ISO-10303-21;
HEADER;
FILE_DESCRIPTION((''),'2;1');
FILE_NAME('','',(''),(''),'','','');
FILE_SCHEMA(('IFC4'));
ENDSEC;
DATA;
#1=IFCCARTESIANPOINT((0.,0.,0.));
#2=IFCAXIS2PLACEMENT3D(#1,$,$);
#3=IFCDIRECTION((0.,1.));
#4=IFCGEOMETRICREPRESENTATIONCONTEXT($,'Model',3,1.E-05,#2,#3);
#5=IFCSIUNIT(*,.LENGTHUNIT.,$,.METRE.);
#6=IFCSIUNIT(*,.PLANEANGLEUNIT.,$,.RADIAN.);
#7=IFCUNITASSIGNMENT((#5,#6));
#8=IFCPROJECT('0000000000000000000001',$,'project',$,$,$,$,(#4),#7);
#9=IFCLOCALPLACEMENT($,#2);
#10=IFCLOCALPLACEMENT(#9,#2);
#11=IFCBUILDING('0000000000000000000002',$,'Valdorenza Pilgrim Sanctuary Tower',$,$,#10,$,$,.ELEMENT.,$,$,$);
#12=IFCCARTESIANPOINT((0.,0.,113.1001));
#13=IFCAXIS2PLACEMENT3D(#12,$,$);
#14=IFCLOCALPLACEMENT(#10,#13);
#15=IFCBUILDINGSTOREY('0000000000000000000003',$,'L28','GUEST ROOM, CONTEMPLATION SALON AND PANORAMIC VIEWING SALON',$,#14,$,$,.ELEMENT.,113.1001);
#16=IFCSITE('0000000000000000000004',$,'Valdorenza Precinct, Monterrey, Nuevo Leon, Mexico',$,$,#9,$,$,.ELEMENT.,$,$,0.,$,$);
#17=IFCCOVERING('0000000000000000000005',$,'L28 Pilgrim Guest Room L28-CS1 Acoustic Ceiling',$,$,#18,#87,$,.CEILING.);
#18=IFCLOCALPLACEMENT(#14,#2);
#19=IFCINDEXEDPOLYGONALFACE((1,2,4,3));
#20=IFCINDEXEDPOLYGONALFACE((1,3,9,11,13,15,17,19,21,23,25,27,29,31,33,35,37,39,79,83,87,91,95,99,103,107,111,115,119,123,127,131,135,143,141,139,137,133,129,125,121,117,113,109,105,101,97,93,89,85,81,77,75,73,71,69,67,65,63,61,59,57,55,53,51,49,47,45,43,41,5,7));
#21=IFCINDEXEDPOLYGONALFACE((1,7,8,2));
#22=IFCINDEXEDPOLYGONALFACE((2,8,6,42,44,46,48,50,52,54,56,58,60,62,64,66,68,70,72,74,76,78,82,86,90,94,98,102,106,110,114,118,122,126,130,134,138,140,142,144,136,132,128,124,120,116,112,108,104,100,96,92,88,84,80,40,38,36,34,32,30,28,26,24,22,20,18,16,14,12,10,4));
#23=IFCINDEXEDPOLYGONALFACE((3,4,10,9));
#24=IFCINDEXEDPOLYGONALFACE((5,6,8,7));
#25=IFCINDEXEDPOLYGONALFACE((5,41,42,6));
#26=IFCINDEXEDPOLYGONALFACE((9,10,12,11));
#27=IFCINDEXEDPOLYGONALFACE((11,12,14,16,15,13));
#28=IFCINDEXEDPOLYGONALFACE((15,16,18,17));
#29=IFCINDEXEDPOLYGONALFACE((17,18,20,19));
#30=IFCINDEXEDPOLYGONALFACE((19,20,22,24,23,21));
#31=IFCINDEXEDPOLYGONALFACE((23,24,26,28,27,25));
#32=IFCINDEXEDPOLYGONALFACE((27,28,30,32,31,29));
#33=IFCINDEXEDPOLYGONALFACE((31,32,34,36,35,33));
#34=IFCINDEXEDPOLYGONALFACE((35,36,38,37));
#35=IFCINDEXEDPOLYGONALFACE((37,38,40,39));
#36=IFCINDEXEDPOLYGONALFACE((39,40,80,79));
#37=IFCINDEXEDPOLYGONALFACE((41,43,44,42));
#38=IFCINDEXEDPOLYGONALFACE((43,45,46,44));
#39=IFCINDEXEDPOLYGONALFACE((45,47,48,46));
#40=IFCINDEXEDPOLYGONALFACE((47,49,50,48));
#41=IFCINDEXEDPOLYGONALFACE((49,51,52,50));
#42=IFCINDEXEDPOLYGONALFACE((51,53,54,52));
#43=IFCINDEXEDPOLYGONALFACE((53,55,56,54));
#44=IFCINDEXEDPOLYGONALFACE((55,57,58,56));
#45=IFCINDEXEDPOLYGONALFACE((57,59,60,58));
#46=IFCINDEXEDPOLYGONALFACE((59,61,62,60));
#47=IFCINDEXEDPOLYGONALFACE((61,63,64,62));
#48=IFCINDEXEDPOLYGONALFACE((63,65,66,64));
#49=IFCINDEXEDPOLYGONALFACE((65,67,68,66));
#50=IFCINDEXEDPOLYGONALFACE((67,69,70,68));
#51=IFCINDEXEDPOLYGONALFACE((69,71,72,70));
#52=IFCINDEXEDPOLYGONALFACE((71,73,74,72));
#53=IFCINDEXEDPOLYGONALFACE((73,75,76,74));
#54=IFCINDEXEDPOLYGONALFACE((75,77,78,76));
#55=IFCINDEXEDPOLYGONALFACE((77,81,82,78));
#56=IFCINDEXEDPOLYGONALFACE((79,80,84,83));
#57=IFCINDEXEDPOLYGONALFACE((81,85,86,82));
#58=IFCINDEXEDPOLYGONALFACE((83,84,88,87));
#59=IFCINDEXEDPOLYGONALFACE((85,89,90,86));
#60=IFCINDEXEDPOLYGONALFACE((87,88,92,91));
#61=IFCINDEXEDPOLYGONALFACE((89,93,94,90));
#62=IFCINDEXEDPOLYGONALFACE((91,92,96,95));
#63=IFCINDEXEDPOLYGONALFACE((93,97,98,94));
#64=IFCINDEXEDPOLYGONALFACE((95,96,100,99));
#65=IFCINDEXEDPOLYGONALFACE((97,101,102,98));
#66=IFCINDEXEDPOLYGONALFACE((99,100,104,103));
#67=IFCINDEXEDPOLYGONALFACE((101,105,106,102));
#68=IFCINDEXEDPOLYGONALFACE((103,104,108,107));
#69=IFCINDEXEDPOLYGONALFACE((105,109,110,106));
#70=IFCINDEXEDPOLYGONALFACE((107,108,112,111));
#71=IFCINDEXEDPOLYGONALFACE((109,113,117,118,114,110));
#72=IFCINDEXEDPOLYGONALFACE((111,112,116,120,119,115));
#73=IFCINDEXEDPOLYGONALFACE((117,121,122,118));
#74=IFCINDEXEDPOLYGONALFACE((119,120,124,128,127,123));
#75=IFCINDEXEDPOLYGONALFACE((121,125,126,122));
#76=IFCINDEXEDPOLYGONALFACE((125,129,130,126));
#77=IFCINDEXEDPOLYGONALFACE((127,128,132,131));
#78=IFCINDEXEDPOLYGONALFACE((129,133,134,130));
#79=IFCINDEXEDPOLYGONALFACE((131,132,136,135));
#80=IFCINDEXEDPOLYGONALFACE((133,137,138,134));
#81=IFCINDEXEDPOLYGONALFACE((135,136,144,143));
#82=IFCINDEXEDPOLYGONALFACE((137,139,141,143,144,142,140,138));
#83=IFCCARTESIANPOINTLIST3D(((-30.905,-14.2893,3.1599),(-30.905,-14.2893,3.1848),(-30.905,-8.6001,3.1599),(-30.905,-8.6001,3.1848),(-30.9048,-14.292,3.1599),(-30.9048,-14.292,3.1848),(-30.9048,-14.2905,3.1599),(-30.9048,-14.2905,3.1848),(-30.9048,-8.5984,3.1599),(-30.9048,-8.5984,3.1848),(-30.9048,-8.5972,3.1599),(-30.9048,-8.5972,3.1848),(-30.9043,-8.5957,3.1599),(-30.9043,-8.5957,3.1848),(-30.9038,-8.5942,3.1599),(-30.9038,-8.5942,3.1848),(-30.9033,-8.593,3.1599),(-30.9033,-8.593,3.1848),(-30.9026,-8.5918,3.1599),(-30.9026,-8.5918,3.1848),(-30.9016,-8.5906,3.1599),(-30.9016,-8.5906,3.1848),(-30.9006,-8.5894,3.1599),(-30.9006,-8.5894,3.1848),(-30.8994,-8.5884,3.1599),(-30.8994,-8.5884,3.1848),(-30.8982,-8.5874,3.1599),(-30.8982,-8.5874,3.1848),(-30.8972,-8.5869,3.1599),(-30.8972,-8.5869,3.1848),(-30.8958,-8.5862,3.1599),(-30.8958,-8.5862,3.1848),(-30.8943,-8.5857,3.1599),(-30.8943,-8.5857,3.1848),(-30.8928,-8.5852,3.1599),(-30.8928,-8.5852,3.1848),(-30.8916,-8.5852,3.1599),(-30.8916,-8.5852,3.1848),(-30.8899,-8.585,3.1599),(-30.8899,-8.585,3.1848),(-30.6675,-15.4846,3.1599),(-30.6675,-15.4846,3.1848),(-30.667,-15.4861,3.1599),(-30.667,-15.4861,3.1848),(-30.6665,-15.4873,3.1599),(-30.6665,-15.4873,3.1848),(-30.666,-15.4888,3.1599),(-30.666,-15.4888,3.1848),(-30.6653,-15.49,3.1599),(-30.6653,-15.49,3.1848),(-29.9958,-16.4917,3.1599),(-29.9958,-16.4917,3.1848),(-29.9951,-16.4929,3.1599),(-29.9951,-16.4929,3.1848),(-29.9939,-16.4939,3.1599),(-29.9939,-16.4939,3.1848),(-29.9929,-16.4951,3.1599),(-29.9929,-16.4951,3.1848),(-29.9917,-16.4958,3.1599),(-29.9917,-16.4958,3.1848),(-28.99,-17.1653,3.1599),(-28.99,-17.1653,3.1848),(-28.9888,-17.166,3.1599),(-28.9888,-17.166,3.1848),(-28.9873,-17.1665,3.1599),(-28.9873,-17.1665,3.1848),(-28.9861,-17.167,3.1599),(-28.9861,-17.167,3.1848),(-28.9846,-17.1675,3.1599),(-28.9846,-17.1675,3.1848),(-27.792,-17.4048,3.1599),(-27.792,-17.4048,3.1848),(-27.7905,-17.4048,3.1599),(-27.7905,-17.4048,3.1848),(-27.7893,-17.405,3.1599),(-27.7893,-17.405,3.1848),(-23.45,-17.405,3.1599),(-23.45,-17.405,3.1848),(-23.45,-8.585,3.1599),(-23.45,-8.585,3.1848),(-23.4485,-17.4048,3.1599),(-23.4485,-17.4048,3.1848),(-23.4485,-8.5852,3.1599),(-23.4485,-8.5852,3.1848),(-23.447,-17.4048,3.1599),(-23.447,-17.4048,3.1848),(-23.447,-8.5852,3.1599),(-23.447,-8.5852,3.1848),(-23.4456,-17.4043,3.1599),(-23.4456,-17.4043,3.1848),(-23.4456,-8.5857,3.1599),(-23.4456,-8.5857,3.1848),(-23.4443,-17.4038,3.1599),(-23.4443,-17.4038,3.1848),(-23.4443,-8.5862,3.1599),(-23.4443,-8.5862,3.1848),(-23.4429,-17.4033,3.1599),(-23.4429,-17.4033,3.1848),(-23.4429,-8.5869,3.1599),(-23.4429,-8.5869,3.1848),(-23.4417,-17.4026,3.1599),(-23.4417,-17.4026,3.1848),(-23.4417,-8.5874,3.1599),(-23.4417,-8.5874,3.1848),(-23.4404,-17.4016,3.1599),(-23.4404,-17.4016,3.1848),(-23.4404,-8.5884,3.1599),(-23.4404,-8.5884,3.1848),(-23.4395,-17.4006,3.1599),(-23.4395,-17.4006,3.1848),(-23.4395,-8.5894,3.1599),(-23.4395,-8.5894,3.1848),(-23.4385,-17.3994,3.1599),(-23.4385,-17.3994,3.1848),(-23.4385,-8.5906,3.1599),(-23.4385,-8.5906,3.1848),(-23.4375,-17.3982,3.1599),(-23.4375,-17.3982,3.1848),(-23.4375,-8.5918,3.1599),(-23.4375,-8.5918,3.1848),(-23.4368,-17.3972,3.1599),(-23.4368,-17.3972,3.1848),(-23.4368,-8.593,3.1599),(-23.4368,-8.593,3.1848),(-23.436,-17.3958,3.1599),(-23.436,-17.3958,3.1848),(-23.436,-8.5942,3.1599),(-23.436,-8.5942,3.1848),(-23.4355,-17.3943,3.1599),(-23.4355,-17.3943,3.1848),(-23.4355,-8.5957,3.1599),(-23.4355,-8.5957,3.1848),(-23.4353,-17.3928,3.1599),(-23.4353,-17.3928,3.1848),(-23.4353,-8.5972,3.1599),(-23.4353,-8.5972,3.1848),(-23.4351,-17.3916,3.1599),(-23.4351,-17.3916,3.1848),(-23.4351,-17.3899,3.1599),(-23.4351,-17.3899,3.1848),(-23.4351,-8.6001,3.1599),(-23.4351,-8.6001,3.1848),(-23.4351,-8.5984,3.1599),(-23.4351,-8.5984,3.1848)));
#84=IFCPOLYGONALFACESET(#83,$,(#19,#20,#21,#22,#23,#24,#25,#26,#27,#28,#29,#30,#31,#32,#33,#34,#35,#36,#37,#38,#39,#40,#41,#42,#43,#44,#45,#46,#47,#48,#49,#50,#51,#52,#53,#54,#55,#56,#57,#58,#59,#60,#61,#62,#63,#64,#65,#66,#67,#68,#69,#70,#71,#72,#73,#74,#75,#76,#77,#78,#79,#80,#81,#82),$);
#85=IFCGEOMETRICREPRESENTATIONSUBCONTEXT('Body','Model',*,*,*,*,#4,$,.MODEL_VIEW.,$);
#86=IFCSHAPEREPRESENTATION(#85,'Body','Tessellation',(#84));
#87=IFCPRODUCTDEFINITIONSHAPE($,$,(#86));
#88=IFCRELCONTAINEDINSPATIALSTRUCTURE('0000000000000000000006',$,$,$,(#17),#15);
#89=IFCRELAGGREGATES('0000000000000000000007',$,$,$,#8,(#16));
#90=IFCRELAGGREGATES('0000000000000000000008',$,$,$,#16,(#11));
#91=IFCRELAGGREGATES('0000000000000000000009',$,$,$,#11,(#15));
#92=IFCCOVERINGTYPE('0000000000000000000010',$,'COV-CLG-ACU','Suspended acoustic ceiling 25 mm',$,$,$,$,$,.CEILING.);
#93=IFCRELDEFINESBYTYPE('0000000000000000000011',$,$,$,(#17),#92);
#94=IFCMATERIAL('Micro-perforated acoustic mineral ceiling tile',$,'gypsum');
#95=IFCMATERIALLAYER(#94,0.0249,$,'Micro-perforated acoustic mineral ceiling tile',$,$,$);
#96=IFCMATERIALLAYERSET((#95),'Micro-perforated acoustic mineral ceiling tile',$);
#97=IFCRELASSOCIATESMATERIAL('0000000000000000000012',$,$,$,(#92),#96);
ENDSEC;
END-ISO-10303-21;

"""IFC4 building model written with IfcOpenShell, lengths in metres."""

from ifc_helpers import new_model, si_unit, direction, frame, origin, place, context, subcontext, project, spatial, polyline, outline, extrude, material, layer, layer_set, type_object, element, save


model = new_model("IFC4")

# Units and contexts
model_context = context("Model", 3, precision=1e-05, world=origin(), true_north=direction((0.0, 1.0)))
body_context = subcontext(model_context, "Body", "Model", "MODEL_VIEW")
ifc_project = project(units=[si_unit("LENGTHUNIT", "METRE"), si_unit("PLANEANGLEUNIT", "RADIAN")], contexts=[model_context])

# Site, building, storey
site_placement = place(None, origin())
site = spatial("IfcSite", under=ifc_project, at=site_placement, Name="Valdorenza Precinct, Monterrey, Nuevo Leon, Mexico", CompositionType="ELEMENT", RefElevation=0.0)
building_placement = place(site_placement, origin())
building = spatial("IfcBuilding", under=site, at=building_placement, Name="Valdorenza Pilgrim Sanctuary Tower", CompositionType="ELEMENT")
storey_placement = place(building_placement, frame((0.0, 0.0, 113.1001)))
storey = spatial("IfcBuildingStorey", under=building, at=storey_placement, Name="L28", Description="GUEST ROOM, CONTEMPLATION SALON AND PANORAMIC VIEWING SALON", CompositionType="ELEMENT", Elevation=113.1001)

# Covering
ifc_material_1 = material(Name="Micro-perforated acoustic mineral ceiling tile", Category="gypsum")
ifc_layer_1 = layer(ifc_material_1, 0.0249, Name="Micro-perforated acoustic mineral ceiling tile")
ifc_layer_set_1 = layer_set([ifc_layer_1], Name="Micro-perforated acoustic mineral ceiling tile")
covering_type_1 = type_object("IfcCoveringType", Name="COV-CLG-ACU", Description="Suspended acoustic ceiling 25 mm", PredefinedType="CEILING", material=ifc_layer_set_1)
covering_1_placement = place(storey_placement, frame((0.0, 0.0, 3.1599)))
element("IfcCovering", 1, at=covering_1_placement, inside=storey, type_object=covering_type_1, Name="L28 Pilgrim Guest Room L28-CS1 Acoustic Ceiling", PredefinedType="CEILING", context=body_context, shape_type="SweptSolid", body=[
    extrude(outline(polyline([(-23.45, -8.585), (-23.4485, -8.5852), (-23.447, -8.5852), (-23.4456, -8.5857), (-23.4443, -8.5862), (-23.4429, -8.5869), (-23.4417, -8.5874), (-23.4404, -8.5884), (-23.4395, -8.5894), (-23.4385, -8.5906), (-23.4375, -8.5918), (-23.4368, -8.593), (-23.436, -8.5942), (-23.4355, -8.5957), (-23.4353, -8.5972), (-23.4351, -8.5984), (-23.4351, -8.6001), (-23.4351, -17.3899), (-23.4351, -17.3916), (-23.4353, -17.3928), (-23.4355, -17.3943), (-23.436, -17.3958), (-23.4368, -17.3972), (-23.4375, -17.3982), (-23.4385, -17.3994), (-23.4395, -17.4006), (-23.4404, -17.4016), (-23.4417, -17.4026), (-23.4429, -17.4033), (-23.4443, -17.4038), (-23.4456, -17.4043), (-23.447, -17.4048), (-23.4485, -17.4048), (-23.45, -17.405), (-27.7893, -17.405), (-27.7905, -17.4048), (-27.792, -17.4048), (-28.9846, -17.1675), (-28.9861, -17.167), (-28.9873, -17.1665), (-28.9888, -17.166), (-28.99, -17.1653), (-29.9917, -16.4958), (-29.9929, -16.4951), (-29.9939, -16.4939), (-29.9951, -16.4929), (-29.9958, -16.4917), (-30.6653, -15.49), (-30.666, -15.4888), (-30.6665, -15.4873), (-30.667, -15.4861), (-30.6675, -15.4846), (-30.9048, -14.292), (-30.9048, -14.2905), (-30.905, -14.2893), (-30.905, -8.6001), (-30.9048, -8.5984), (-30.9048, -8.5972), (-30.9043, -8.5957), (-30.9038, -8.5942), (-30.9033, -8.593), (-30.9026, -8.5918), (-30.9016, -8.5906), (-30.9006, -8.5894), (-30.8994, -8.5884), (-30.8982, -8.5874), (-30.8972, -8.5869), (-30.8958, -8.5862), (-30.8943, -8.5857), (-30.8928, -8.5852), (-30.8916, -8.5852), (-30.8899, -8.585), (-23.45, -8.585)])), origin(), (0.0, 0.0, 1.0), 0.0249),
])

save(model, "model.ifc")
